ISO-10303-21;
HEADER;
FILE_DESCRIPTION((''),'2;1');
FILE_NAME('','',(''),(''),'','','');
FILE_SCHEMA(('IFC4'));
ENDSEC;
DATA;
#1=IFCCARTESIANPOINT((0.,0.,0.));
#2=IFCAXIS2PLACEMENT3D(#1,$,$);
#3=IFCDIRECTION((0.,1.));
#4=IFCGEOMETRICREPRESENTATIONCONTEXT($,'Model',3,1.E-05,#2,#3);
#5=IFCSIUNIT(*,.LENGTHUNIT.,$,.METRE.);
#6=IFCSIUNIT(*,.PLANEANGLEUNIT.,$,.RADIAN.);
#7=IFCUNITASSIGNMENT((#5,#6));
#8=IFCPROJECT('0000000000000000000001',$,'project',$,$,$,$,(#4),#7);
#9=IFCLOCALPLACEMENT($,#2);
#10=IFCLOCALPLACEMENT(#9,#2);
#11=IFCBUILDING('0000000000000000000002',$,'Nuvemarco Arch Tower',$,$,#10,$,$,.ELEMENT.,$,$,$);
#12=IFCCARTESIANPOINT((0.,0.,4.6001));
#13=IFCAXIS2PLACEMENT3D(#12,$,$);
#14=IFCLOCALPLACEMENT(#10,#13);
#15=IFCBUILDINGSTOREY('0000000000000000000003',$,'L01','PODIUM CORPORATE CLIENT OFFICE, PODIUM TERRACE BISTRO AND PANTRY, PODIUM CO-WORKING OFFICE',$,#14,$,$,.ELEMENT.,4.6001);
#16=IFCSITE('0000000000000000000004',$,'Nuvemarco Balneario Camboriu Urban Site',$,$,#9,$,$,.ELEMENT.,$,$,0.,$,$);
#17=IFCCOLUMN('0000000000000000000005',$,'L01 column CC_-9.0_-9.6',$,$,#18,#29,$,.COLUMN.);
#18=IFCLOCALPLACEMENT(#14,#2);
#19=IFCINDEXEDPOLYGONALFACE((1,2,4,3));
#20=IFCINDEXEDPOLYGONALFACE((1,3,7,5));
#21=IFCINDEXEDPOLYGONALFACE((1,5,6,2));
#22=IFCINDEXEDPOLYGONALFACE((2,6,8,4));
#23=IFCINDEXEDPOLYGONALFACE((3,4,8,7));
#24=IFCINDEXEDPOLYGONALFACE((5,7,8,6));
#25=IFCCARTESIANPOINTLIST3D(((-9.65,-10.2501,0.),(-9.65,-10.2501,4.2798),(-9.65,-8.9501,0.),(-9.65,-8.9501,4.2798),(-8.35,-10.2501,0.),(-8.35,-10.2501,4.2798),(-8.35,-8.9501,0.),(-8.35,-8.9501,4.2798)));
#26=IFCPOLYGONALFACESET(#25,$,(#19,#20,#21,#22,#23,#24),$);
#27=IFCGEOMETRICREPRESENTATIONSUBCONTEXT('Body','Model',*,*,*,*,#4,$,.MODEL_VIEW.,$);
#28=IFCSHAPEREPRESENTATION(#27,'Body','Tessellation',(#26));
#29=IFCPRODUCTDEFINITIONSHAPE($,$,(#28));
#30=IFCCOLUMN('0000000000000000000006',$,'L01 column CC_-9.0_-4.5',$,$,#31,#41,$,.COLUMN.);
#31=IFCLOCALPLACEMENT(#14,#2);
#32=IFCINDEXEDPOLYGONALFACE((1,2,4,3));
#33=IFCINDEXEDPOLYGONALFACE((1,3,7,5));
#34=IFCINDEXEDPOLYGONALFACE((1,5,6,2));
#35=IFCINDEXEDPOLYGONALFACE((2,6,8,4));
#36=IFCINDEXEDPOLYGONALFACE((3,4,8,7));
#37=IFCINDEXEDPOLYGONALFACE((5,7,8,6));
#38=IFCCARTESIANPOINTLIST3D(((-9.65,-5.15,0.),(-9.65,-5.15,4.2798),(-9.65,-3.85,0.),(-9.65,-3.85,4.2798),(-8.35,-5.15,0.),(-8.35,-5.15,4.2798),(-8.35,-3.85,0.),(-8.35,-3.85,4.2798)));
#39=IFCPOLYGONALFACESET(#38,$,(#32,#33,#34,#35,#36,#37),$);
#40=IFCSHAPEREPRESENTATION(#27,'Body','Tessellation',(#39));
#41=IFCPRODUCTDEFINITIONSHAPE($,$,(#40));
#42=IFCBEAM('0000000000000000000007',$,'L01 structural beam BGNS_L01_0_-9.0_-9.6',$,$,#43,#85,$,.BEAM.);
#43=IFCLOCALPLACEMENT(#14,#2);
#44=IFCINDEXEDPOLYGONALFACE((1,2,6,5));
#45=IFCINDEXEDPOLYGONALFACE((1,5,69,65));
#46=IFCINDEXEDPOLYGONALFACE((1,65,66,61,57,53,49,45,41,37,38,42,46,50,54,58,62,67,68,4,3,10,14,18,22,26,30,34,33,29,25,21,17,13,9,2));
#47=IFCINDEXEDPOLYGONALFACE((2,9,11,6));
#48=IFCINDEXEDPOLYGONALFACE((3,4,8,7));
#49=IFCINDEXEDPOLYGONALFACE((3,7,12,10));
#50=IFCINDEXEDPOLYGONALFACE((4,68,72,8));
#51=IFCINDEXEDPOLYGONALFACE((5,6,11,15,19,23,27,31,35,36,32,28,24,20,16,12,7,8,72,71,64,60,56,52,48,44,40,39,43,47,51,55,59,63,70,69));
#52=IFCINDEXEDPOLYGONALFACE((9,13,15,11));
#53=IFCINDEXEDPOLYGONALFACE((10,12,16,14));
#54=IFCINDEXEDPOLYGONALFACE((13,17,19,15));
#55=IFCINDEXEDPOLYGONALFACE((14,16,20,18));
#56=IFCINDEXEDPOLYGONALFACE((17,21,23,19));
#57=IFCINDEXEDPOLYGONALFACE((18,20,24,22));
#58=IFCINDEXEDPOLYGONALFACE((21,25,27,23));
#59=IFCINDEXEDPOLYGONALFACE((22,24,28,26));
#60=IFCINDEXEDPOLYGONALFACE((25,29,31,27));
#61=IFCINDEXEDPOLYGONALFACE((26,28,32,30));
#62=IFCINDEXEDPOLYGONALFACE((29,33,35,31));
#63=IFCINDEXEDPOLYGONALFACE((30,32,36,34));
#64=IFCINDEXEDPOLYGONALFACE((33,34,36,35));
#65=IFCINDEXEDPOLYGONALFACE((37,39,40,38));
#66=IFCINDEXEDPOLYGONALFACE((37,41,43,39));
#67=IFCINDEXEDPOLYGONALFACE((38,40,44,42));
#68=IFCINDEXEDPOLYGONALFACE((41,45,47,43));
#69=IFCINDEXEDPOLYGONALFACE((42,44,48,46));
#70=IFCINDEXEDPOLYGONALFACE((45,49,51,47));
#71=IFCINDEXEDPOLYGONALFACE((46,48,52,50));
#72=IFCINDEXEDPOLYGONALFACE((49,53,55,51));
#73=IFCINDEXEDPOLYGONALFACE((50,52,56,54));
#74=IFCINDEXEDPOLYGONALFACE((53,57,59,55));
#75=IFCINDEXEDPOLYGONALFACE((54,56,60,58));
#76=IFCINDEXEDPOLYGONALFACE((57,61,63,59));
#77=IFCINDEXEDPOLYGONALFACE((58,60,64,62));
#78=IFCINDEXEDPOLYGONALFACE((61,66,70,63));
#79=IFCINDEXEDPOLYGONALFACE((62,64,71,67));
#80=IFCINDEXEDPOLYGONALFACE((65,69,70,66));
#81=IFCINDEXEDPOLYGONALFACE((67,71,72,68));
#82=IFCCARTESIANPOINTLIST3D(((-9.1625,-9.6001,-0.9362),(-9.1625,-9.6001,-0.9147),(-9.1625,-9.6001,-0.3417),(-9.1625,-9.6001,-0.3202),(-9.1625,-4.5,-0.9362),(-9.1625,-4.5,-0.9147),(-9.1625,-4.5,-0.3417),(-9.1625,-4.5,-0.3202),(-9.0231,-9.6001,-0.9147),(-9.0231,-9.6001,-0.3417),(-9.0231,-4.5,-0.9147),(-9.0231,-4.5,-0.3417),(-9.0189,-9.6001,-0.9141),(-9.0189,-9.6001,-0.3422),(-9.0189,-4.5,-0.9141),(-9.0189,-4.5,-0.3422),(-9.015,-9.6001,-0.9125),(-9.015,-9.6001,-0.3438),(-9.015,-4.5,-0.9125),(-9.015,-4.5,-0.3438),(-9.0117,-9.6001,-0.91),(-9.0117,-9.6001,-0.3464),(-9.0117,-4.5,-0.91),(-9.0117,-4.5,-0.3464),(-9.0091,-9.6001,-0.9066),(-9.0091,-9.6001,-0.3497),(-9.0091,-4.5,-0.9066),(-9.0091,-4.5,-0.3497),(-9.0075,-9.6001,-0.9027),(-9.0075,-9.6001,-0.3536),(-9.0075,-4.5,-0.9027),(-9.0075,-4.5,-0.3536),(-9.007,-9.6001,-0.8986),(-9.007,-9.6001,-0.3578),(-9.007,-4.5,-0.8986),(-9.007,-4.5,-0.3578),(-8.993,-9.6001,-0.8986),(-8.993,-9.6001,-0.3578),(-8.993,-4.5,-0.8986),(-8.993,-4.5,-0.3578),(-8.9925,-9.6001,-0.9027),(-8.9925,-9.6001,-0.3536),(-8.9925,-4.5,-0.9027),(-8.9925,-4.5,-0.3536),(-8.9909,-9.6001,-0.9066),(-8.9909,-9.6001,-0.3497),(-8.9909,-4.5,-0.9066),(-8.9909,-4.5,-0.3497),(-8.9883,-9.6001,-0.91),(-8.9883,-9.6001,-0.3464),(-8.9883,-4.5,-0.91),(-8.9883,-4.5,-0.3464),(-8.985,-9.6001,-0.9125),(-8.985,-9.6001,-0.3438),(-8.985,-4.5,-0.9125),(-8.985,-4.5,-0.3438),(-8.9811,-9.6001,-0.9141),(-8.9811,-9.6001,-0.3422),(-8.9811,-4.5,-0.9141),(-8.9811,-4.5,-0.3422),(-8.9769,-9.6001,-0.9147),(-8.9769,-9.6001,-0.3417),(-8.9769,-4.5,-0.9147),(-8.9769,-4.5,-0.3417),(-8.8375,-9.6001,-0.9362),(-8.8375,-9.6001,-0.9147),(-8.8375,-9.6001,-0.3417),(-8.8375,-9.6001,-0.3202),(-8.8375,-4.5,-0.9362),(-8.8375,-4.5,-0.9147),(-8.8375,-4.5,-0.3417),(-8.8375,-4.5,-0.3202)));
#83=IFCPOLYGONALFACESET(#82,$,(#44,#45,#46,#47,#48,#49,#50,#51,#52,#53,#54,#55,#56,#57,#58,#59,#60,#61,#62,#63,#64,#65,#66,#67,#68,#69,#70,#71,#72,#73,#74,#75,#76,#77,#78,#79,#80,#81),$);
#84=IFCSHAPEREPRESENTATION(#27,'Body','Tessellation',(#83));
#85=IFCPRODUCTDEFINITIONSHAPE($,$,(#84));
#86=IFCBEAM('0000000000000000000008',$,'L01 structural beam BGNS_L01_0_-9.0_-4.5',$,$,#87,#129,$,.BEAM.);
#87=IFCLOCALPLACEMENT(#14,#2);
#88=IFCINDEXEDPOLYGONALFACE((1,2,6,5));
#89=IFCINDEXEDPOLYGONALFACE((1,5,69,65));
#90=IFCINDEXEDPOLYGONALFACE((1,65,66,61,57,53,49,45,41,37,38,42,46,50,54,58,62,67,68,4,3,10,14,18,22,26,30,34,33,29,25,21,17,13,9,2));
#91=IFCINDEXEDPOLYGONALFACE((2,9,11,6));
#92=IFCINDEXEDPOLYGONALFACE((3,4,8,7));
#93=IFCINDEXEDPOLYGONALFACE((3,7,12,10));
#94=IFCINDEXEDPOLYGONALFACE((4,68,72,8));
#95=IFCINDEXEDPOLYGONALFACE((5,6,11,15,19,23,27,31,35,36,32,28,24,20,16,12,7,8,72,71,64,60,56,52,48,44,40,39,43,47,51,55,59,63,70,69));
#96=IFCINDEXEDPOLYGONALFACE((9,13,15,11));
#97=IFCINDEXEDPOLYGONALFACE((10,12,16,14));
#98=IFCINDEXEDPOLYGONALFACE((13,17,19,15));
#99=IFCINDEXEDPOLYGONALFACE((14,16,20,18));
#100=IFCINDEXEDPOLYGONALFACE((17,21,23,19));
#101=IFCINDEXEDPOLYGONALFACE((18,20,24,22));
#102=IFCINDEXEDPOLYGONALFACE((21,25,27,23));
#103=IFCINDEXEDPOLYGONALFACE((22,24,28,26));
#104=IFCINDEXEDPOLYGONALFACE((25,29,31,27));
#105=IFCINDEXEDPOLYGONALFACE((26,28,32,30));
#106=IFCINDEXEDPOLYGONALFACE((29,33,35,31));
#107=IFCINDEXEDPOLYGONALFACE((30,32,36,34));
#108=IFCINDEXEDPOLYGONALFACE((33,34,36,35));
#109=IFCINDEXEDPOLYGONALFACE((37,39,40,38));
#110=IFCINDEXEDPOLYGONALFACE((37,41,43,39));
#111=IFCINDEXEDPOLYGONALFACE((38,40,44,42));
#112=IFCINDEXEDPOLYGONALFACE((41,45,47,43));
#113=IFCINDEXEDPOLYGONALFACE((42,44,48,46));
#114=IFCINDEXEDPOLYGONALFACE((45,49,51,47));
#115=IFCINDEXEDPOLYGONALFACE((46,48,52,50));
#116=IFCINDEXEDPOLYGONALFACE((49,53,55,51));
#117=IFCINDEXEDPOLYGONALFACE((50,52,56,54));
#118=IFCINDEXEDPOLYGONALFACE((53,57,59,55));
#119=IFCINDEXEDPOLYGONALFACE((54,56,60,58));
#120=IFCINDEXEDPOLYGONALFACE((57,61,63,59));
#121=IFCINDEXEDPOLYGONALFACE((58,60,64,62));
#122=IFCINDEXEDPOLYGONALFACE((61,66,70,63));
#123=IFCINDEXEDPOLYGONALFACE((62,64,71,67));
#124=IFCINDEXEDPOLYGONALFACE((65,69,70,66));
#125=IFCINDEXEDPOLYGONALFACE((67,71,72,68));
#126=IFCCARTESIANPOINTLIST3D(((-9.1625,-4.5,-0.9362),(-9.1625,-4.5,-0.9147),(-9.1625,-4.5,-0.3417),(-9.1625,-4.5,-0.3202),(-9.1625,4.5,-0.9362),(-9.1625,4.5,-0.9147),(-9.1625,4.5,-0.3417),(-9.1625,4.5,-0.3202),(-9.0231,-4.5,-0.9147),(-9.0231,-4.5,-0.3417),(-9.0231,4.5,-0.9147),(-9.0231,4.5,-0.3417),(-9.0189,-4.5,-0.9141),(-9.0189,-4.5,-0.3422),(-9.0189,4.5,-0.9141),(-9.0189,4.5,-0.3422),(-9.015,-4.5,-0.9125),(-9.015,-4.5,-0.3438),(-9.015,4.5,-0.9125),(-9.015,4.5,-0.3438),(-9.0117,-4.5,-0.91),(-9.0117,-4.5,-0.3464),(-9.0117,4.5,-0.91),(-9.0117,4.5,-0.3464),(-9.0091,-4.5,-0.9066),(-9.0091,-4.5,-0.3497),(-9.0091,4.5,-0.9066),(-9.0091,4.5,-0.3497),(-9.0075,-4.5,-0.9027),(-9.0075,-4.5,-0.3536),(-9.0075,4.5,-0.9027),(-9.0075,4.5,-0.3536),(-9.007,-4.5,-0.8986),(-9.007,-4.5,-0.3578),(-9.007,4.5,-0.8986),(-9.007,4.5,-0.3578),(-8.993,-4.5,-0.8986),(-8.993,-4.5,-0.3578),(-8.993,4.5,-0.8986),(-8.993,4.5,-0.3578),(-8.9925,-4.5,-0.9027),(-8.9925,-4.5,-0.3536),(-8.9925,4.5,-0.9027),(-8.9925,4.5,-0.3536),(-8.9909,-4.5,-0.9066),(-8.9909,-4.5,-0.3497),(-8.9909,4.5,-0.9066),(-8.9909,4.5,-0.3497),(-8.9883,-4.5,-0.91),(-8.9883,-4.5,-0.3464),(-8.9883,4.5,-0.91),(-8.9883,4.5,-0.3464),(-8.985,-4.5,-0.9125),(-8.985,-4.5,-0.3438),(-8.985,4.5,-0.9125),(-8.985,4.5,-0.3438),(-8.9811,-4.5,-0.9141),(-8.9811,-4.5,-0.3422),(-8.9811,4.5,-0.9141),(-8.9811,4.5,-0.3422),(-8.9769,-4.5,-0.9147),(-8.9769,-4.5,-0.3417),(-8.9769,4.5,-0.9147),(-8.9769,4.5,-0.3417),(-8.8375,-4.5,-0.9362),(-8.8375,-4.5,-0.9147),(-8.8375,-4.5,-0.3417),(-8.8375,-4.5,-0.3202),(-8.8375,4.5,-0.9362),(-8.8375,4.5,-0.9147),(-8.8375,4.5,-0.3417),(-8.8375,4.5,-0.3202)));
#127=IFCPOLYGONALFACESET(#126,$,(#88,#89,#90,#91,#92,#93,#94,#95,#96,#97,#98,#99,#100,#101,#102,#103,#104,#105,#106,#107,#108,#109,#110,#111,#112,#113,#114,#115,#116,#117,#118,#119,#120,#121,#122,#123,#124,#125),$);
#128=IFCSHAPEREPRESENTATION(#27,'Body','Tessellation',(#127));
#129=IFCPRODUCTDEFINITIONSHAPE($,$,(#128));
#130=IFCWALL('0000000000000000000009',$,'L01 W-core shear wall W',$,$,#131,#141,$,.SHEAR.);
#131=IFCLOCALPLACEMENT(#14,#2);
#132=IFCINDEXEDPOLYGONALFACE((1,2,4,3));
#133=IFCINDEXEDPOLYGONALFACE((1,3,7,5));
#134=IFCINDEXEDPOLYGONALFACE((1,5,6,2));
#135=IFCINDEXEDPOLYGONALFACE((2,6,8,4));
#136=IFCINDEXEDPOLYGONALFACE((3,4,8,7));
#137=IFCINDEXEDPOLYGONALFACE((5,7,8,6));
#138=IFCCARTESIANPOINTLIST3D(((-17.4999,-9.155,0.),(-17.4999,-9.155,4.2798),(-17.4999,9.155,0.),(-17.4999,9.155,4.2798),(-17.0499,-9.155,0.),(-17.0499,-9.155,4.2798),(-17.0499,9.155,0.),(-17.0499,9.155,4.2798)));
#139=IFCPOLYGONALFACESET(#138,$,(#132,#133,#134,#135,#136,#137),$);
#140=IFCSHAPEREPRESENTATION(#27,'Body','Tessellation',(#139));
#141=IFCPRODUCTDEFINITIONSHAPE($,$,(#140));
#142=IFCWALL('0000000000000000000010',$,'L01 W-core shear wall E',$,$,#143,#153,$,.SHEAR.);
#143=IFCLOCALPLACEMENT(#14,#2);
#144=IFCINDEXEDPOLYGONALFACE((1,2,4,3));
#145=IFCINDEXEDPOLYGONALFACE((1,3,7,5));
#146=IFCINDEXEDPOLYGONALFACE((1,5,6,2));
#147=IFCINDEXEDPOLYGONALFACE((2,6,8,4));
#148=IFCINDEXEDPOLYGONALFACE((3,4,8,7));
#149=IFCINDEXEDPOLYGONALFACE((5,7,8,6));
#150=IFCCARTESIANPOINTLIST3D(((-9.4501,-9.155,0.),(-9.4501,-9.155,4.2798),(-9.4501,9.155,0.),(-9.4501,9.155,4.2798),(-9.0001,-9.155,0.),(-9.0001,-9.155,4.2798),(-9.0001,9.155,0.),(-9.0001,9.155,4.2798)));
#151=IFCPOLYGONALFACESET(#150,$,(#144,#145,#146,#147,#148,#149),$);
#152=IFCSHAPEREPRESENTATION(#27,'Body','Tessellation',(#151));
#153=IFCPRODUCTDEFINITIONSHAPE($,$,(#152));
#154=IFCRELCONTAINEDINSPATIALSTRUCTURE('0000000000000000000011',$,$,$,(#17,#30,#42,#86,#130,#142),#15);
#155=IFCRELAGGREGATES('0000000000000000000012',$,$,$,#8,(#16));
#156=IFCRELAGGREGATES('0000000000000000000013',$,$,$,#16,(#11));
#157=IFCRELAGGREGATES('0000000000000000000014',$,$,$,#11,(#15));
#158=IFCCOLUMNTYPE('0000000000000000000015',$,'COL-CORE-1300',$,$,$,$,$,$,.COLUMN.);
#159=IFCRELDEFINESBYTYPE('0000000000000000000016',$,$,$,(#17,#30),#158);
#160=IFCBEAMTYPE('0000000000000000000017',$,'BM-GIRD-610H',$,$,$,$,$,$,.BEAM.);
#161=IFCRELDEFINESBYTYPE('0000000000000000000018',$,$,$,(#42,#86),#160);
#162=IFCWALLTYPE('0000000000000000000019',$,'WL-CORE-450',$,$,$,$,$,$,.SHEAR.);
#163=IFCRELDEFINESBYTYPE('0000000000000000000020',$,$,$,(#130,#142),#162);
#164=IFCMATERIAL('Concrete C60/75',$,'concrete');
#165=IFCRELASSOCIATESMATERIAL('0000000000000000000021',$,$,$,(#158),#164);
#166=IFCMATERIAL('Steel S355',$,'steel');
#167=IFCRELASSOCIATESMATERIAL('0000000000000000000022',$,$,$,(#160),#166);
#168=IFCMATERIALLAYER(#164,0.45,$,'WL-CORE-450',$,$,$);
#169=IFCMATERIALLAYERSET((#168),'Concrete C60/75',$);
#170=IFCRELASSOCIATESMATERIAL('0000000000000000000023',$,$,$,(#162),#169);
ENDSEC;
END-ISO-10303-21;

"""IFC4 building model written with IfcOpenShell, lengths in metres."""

from ifc_helpers import new_model, si_unit, direction, frame, frame_2d, origin, origin_2d, place, context, subcontext, project, spatial, rectangle, i_section, extrude, material, layer, layer_set, material_profile, profile_set, type_object, element, save


model = new_model("IFC4")

# Units and contexts
model_context = context("Model", 3, precision=1e-05, world=origin(), true_north=direction((0.0, 1.0)))
body_context = subcontext(model_context, "Body", "Model", "MODEL_VIEW")
ifc_project = project(units=[si_unit("LENGTHUNIT", "METRE"), si_unit("PLANEANGLEUNIT", "RADIAN")], contexts=[model_context])

# Site, building, storey
site_placement = place(None, origin())
site = spatial("IfcSite", under=ifc_project, at=site_placement, Name="Nuvemarco Balneario Camboriu Urban Site", CompositionType="ELEMENT", RefElevation=0.0)
building_placement = place(site_placement, origin())
building = spatial("IfcBuilding", under=site, at=building_placement, Name="Nuvemarco Arch Tower", CompositionType="ELEMENT")
storey_placement = place(building_placement, frame((0.0, 0.0, 4.6001)))
storey = spatial("IfcBuildingStorey", under=building, at=storey_placement, Name="L01", Description="PODIUM CORPORATE CLIENT OFFICE, PODIUM TERRACE BISTRO AND PANTRY, PODIUM CO-WORKING OFFICE", CompositionType="ELEMENT", Elevation=4.6001)

# Columns
ifc_material_1 = material(Name="Concrete C60/75", Category="concrete")
ifc_material_profile_1 = material_profile(ifc_material_1, rectangle(XDim=1.3, YDim=1.3, at=origin_2d()), Name="RC-COL-1300x1300")
ifc_profile_set_1 = profile_set([ifc_material_profile_1], Name="Concrete C60/75")
column_type = type_object("IfcColumnType", Name="COL-CORE-1300", PredefinedType="COLUMN", material=ifc_profile_set_1)
for number, where, z_axis, x_axis, name in (
    (1, (-9.0, -9.6001, 0.0), (0.0, 0.0, 1.0), (1.0, 0.0, 0.0), "L01 column CC_-9.0_-9.6"),
    (2, (-9.0, -4.5, 0.0), (0.0, 0.0, 1.0), (1.0, 0.0, 0.0), "L01 column CC_-9.0_-4.5"),
):
    element("IfcColumn", number, at=place(storey_placement, frame(where, z_axis=z_axis, x_axis=x_axis)), inside=storey, type_object=column_type, Name=name, PredefinedType="COLUMN", context=body_context, shape_type="SweptSolid", body=[
        extrude(rectangle(XDim=1.3, YDim=1.3, at=origin_2d()), origin(), (0.0, 0.0, 1.0), 4.2798),
    ])

# Beams
ifc_material_2 = material(Name="Steel S355", Category="steel")
ifc_material_profile_2 = material_profile(ifc_material_2, i_section(OverallWidth=0.325, OverallDepth=0.616, WebThickness=0.0139, FlangeThickness=0.0215, FilletRadius=0.0161, at=origin_2d()), Name="W610x174")
ifc_profile_set_2 = profile_set([ifc_material_profile_2], Name="Steel S355")
beam_type = type_object("IfcBeamType", Name="BM-GIRD-610H", PredefinedType="BEAM", material=ifc_profile_set_2)
beam_1_placement = place(storey_placement, frame((-9.0, -9.6001, -0.6282), z_axis=(0.0, 1.0, 0.0), x_axis=(-1.0, 0.0, 0.0)))
element("IfcBeam", 3, at=beam_1_placement, inside=storey, type_object=beam_type, Name="L01 structural beam BGNS_L01_0_-9.0_-9.6", PredefinedType="BEAM", context=body_context, shape_type="SweptSolid", body=[
    extrude(i_section(OverallWidth=0.325, OverallDepth=0.616, WebThickness=0.0139, FlangeThickness=0.0215, FilletRadius=0.0161, at=origin_2d()), origin(), (0.0, 0.0, 1.0), 5.1001),
])
beam_2_placement = place(storey_placement, frame((-9.0, -4.5, -0.6282), z_axis=(0.0, 1.0, 0.0), x_axis=(-1.0, 0.0, 0.0)))
element("IfcBeam", 4, at=beam_2_placement, inside=storey, type_object=beam_type, Name="L01 structural beam BGNS_L01_0_-9.0_-4.5", PredefinedType="BEAM", context=body_context, shape_type="SweptSolid", body=[
    extrude(i_section(OverallWidth=0.325, OverallDepth=0.616, WebThickness=0.0139, FlangeThickness=0.0215, FilletRadius=0.0161, at=origin_2d()), origin(), (0.0, 0.0, 1.0), 9.0),
])

# Walls
ifc_layer_1 = layer(ifc_material_1, 0.45, Name="WL-CORE-450")
ifc_layer_set_1 = layer_set([ifc_layer_1], Name="Concrete C60/75")
wall_type_1 = type_object("IfcWallType", Name="WL-CORE-450", PredefinedType="SHEAR", material=ifc_layer_set_1)
for number, where, z_axis, x_axis, name in (
    (5, (-17.2749, -9.155, 0.0), (0.0, 0.0, 1.0), (0.0, 1.0, 0.0), "L01 W-core shear wall W"),
    (6, (-9.2251, -9.155, 0.0), (0.0, 0.0, 1.0), (0.0, 1.0, 0.0), "L01 W-core shear wall E"),
):
    element("IfcWall", number, at=place(storey_placement, frame(where, z_axis=z_axis, x_axis=x_axis)), inside=storey, type_object=wall_type_1, Name=name, PredefinedType="SHEAR", context=body_context, shape_type="SweptSolid", body=[
        extrude(rectangle(XDim=18.3101, YDim=0.45, at=frame_2d((9.155, 0.0))), origin(), (0.0, 0.0, 1.0), 4.2798),
    ])

save(model, "model.ifc")
